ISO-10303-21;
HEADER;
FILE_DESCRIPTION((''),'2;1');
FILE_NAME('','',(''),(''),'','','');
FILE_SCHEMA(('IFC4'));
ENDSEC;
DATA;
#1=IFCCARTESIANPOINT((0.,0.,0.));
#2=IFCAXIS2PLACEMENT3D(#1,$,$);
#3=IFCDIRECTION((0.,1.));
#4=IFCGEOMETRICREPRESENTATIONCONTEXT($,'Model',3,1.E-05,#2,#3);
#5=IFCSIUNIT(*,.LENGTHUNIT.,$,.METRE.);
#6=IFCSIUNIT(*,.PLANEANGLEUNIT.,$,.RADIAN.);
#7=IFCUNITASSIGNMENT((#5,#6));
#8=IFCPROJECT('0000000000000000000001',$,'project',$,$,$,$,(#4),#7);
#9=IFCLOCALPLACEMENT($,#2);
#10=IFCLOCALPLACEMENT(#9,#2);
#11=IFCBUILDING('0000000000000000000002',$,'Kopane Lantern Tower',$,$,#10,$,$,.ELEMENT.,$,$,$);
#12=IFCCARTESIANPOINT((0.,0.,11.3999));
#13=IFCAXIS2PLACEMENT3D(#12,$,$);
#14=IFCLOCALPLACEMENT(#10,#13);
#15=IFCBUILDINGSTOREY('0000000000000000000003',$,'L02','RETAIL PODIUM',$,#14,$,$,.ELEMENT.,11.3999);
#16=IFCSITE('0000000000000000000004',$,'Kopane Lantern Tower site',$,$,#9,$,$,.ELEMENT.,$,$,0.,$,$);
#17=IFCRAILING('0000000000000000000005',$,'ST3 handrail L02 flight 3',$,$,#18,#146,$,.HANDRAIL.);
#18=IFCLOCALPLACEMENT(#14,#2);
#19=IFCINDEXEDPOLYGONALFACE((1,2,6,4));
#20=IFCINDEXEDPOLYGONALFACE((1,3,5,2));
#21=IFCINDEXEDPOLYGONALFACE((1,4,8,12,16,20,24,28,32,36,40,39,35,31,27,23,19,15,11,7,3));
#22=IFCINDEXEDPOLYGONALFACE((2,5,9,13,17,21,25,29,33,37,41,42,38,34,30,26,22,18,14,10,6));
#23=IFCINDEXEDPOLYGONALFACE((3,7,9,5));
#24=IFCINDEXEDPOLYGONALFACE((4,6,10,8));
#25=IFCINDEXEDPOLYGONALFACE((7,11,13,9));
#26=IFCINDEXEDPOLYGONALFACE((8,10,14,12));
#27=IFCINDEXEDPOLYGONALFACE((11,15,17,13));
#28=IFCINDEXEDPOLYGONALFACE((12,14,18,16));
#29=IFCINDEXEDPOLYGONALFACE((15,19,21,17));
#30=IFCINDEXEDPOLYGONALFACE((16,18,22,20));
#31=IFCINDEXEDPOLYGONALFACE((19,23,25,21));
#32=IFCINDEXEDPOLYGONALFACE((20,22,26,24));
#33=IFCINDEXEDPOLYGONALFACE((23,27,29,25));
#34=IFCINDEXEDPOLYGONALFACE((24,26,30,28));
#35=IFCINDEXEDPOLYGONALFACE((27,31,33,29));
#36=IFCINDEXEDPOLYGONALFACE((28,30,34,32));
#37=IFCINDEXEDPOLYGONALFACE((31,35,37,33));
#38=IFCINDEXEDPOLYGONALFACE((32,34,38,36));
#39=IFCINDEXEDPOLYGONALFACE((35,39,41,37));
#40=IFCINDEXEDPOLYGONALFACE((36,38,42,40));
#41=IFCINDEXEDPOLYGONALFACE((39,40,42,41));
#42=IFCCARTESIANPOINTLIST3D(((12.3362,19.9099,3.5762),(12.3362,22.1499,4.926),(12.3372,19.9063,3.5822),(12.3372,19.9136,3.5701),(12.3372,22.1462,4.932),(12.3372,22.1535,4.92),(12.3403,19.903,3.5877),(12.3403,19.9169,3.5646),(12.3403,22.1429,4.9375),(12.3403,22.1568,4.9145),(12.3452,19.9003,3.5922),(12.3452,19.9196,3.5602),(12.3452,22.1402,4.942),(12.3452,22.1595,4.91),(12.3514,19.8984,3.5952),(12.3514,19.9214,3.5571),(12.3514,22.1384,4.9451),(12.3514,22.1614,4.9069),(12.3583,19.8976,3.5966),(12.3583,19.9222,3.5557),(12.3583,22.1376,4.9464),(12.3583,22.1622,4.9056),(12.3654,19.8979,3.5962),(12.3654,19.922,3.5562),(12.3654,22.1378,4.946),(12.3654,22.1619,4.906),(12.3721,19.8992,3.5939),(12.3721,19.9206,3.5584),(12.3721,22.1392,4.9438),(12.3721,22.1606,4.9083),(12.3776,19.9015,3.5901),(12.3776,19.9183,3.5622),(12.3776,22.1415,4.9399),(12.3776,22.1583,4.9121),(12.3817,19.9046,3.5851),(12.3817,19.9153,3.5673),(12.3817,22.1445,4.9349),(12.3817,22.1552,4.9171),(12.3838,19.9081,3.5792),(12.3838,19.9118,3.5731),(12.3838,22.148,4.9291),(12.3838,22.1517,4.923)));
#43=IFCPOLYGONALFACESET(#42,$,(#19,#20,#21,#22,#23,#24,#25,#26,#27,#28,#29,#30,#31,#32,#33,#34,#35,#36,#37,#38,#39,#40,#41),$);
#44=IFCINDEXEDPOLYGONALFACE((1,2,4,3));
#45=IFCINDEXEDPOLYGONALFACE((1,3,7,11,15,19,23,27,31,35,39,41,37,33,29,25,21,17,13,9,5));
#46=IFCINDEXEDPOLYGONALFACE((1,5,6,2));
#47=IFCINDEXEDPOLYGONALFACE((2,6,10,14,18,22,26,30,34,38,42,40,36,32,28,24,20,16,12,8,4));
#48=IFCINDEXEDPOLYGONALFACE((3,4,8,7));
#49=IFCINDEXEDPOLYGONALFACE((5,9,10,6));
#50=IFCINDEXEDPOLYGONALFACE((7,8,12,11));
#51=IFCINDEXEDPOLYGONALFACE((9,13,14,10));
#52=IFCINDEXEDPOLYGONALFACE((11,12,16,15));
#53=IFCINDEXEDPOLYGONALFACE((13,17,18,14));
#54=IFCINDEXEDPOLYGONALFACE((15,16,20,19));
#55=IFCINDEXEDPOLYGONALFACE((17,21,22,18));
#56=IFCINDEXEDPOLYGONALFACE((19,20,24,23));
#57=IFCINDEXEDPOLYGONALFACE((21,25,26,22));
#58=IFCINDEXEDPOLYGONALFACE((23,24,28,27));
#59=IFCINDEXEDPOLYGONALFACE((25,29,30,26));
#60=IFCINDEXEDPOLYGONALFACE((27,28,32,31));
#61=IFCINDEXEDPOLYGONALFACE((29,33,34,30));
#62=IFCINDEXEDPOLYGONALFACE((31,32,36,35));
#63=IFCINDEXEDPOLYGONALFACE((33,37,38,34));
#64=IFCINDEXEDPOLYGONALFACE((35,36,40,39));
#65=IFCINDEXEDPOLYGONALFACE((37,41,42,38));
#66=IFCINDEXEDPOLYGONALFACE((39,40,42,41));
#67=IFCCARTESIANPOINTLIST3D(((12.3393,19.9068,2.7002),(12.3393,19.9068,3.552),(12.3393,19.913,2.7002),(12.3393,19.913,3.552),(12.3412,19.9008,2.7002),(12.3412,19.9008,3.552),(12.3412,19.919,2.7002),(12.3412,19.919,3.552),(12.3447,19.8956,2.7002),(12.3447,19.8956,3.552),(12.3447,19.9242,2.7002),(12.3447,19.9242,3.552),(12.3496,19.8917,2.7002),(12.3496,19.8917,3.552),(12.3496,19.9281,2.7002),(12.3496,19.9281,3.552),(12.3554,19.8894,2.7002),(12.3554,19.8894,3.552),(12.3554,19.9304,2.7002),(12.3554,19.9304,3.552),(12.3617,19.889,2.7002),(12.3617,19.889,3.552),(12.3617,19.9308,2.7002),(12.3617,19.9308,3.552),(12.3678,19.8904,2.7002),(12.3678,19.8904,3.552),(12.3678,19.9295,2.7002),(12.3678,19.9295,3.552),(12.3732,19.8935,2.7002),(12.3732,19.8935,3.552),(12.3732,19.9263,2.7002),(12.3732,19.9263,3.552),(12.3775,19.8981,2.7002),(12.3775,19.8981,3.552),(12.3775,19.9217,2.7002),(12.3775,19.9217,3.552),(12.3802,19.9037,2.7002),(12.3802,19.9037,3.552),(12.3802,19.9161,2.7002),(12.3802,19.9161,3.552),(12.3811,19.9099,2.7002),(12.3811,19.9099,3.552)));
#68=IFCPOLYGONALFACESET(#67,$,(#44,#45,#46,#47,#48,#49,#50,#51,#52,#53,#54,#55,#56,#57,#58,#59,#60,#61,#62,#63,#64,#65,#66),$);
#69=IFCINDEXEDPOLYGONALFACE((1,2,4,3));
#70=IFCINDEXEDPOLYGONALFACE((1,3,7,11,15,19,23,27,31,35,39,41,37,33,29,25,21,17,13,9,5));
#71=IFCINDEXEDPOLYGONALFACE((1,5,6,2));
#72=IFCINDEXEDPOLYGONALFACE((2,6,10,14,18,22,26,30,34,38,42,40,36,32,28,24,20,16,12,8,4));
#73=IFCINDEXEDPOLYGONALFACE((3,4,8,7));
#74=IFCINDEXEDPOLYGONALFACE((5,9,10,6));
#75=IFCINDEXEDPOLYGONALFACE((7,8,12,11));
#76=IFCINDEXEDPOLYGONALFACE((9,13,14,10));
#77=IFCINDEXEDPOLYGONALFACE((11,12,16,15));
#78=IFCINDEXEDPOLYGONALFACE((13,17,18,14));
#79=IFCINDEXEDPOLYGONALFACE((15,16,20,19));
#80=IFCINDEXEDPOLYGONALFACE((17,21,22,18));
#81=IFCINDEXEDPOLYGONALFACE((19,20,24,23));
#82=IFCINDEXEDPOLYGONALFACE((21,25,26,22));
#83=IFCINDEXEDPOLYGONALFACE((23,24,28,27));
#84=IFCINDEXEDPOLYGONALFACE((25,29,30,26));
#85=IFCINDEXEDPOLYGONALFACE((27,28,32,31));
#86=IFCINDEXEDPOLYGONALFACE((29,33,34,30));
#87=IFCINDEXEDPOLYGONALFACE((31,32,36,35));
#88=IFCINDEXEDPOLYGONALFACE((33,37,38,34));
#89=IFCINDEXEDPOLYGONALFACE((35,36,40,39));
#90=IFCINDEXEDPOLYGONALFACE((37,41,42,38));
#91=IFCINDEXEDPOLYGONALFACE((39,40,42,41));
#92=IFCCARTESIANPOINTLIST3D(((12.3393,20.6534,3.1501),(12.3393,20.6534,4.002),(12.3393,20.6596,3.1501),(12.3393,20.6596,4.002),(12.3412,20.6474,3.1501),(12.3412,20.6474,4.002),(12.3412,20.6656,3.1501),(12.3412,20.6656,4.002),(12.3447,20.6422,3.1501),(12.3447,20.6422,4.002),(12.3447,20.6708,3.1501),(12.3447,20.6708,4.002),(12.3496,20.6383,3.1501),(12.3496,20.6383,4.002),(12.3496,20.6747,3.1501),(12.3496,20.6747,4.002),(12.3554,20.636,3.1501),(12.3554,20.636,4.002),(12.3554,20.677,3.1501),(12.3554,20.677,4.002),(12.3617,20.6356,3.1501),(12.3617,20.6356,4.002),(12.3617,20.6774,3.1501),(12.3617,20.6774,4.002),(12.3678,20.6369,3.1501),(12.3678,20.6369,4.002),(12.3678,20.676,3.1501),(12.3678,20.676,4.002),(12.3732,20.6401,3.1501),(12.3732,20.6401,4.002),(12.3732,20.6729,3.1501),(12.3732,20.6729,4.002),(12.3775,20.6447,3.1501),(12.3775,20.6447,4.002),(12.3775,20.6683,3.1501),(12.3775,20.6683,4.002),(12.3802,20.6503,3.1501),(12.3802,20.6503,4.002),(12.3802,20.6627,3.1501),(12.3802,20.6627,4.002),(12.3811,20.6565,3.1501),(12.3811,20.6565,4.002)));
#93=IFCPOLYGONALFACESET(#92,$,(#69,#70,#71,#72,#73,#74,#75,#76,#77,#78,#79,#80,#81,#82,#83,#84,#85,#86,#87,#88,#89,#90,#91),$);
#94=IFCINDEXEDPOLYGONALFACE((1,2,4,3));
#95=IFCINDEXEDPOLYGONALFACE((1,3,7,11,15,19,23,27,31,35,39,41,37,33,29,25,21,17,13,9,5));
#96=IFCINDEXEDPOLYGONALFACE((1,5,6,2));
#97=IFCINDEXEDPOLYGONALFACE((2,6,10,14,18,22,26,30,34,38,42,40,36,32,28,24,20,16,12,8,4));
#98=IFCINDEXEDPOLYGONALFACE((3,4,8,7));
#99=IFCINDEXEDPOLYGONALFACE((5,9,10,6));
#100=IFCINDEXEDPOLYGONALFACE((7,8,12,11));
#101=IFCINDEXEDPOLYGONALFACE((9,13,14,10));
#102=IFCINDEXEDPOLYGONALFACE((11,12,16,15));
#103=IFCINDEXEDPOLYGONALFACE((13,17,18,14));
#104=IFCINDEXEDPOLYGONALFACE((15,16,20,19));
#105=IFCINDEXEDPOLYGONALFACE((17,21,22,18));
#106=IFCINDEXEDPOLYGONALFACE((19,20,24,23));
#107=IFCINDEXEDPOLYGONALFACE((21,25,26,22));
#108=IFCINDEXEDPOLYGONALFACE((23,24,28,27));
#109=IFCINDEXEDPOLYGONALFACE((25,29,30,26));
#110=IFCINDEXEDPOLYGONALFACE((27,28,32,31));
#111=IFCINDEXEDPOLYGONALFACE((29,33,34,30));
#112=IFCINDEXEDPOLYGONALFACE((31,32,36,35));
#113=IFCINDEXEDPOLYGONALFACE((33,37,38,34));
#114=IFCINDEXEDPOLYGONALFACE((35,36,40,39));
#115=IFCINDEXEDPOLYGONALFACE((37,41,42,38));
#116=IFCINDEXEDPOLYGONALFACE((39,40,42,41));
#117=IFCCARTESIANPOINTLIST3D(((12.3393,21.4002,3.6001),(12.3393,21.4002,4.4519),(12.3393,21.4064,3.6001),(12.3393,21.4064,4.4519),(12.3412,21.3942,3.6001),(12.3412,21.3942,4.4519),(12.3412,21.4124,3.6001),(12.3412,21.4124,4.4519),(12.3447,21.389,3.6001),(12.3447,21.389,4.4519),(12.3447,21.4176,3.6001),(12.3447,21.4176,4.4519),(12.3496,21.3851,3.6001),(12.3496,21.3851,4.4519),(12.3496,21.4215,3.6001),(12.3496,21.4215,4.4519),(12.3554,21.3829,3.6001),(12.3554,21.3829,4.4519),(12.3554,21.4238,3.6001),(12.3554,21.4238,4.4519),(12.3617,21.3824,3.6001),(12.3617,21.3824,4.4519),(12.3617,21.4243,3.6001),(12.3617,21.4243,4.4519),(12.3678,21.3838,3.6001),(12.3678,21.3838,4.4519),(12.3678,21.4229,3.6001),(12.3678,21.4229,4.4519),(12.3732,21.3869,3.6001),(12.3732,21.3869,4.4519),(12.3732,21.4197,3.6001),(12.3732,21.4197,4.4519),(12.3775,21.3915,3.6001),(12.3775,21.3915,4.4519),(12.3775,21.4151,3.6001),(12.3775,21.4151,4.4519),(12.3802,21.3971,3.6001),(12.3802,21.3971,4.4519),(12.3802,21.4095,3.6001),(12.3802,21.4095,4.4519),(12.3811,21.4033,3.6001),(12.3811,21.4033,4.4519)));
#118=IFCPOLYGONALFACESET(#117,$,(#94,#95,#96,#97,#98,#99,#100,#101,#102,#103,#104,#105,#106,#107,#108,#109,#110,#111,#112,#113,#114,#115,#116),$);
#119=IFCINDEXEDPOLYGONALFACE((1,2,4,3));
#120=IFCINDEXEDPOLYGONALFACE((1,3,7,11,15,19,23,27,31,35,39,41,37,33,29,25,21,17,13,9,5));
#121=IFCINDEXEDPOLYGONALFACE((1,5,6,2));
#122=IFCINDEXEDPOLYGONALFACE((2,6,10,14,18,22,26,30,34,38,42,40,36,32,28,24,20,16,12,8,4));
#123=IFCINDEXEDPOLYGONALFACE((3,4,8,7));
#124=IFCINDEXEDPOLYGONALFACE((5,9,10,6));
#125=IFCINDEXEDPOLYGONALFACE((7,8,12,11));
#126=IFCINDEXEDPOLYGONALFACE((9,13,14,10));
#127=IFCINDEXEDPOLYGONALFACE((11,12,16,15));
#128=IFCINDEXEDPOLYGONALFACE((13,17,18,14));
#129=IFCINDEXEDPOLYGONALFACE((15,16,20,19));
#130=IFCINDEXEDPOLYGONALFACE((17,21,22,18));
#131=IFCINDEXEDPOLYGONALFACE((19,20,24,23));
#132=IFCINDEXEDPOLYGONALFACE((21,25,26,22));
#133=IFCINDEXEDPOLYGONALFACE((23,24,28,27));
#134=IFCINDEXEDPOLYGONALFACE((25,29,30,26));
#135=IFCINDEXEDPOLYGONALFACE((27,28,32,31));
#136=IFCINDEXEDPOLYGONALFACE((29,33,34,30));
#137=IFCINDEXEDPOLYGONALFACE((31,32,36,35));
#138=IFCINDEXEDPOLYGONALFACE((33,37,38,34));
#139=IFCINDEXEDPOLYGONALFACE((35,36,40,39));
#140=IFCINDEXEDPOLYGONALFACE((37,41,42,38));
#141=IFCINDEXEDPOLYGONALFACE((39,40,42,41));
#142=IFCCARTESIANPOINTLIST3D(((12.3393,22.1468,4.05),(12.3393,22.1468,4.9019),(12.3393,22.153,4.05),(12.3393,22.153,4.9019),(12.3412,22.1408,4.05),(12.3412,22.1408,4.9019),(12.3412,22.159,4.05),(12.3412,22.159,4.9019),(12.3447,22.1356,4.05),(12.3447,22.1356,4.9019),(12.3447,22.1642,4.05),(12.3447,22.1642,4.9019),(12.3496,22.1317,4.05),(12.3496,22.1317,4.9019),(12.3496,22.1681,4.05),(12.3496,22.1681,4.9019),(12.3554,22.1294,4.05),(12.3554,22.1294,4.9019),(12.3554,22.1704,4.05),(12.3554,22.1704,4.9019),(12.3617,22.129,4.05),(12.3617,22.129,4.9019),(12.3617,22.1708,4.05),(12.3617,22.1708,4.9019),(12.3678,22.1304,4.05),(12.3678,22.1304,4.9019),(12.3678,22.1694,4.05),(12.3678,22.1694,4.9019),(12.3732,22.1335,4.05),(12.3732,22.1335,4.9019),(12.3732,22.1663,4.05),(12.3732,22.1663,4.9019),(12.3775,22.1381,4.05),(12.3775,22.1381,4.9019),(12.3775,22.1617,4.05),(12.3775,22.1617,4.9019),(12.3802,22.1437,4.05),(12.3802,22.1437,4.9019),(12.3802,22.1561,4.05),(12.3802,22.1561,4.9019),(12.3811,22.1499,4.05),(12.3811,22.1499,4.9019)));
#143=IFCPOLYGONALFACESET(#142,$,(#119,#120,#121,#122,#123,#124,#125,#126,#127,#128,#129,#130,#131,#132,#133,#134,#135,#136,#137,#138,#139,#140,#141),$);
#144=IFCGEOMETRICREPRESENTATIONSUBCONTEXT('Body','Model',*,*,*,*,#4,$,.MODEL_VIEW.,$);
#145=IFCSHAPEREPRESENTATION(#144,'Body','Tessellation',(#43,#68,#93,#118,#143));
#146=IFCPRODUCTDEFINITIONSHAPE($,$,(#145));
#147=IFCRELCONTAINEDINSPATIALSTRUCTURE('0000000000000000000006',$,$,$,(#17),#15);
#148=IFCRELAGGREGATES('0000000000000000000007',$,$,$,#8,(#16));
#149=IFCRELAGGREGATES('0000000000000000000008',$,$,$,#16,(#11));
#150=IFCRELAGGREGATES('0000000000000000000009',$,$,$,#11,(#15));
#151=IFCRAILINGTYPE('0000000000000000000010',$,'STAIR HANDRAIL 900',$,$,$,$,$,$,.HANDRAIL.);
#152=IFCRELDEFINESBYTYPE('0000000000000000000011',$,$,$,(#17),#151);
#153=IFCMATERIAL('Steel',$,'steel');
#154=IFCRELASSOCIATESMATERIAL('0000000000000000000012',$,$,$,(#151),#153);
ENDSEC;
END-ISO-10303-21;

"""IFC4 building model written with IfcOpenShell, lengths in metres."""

from ifc_helpers import new_model, si_unit, direction, frame, origin, origin_2d, place, context, subcontext, project, spatial, circle, extrude, material, type_object, element, save


model = new_model("IFC4")

# Units and contexts
model_context = context("Model", 3, precision=1e-05, world=origin(), true_north=direction((0.0, 1.0)))
body_context = subcontext(model_context, "Body", "Model", "MODEL_VIEW")
ifc_project = project(units=[si_unit("LENGTHUNIT", "METRE"), si_unit("PLANEANGLEUNIT", "RADIAN")], contexts=[model_context])

# Site, building, storey
site_placement = place(None, origin())
site = spatial("IfcSite", under=ifc_project, at=site_placement, Name="Kopane Lantern Tower site", CompositionType="ELEMENT", RefElevation=0.0)
building_placement = place(site_placement, origin())
building = spatial("IfcBuilding", under=site, at=building_placement, Name="Kopane Lantern Tower", CompositionType="ELEMENT")
storey_placement = place(building_placement, frame((0.0, 0.0, 11.3999)))
storey = spatial("IfcBuildingStorey", under=building, at=storey_placement, Name="L02", Description="RETAIL PODIUM", CompositionType="ELEMENT", Elevation=11.3999)

# Railing
ifc_material_1 = material(Name="Steel", Category="steel")
railing_type = type_object("IfcRailingType", Name="STAIR HANDRAIL 900", PredefinedType="HANDRAIL", material=ifc_material_1)
for number, where, name in (
    (1, (12.3601, 19.9099, 2.7002), "ST3 handrail L02 flight 3"),
):
    element("IfcRailing", number, at=place(storey_placement, frame(where)), inside=storey, type_object=railing_type, Name=name, PredefinedType="HANDRAIL", context=body_context, shape_type="SweptSolid", body=[
        extrude(circle(Radius=0.0239, at=origin_2d()), frame((0.0, 0.0, 0.876), z_axis=(0.0, 0.856503, 0.516142), x_axis=(-1.0, 0.0, 0.0)), (0.0, 0.0, 1.0), 2.6152),
        extrude(circle(Radius=0.021, at=origin_2d()), origin(), (0.0, 0.0, 1.0), 0.8518),
        extrude(circle(Radius=0.021, at=origin_2d()), frame((0.0, 0.7466, 0.45)), (0.0, 0.0, 1.0), 0.8518),
        extrude(circle(Radius=0.021, at=origin_2d()), frame((0.0, 1.4934, 0.8999)), (0.0, 0.0, 1.0), 0.8518),
        extrude(circle(Radius=0.021, at=origin_2d()), frame((0.0, 2.24, 1.3499)), (0.0, 0.0, 1.0), 0.8518),
    ])

save(model, "model.ifc")
